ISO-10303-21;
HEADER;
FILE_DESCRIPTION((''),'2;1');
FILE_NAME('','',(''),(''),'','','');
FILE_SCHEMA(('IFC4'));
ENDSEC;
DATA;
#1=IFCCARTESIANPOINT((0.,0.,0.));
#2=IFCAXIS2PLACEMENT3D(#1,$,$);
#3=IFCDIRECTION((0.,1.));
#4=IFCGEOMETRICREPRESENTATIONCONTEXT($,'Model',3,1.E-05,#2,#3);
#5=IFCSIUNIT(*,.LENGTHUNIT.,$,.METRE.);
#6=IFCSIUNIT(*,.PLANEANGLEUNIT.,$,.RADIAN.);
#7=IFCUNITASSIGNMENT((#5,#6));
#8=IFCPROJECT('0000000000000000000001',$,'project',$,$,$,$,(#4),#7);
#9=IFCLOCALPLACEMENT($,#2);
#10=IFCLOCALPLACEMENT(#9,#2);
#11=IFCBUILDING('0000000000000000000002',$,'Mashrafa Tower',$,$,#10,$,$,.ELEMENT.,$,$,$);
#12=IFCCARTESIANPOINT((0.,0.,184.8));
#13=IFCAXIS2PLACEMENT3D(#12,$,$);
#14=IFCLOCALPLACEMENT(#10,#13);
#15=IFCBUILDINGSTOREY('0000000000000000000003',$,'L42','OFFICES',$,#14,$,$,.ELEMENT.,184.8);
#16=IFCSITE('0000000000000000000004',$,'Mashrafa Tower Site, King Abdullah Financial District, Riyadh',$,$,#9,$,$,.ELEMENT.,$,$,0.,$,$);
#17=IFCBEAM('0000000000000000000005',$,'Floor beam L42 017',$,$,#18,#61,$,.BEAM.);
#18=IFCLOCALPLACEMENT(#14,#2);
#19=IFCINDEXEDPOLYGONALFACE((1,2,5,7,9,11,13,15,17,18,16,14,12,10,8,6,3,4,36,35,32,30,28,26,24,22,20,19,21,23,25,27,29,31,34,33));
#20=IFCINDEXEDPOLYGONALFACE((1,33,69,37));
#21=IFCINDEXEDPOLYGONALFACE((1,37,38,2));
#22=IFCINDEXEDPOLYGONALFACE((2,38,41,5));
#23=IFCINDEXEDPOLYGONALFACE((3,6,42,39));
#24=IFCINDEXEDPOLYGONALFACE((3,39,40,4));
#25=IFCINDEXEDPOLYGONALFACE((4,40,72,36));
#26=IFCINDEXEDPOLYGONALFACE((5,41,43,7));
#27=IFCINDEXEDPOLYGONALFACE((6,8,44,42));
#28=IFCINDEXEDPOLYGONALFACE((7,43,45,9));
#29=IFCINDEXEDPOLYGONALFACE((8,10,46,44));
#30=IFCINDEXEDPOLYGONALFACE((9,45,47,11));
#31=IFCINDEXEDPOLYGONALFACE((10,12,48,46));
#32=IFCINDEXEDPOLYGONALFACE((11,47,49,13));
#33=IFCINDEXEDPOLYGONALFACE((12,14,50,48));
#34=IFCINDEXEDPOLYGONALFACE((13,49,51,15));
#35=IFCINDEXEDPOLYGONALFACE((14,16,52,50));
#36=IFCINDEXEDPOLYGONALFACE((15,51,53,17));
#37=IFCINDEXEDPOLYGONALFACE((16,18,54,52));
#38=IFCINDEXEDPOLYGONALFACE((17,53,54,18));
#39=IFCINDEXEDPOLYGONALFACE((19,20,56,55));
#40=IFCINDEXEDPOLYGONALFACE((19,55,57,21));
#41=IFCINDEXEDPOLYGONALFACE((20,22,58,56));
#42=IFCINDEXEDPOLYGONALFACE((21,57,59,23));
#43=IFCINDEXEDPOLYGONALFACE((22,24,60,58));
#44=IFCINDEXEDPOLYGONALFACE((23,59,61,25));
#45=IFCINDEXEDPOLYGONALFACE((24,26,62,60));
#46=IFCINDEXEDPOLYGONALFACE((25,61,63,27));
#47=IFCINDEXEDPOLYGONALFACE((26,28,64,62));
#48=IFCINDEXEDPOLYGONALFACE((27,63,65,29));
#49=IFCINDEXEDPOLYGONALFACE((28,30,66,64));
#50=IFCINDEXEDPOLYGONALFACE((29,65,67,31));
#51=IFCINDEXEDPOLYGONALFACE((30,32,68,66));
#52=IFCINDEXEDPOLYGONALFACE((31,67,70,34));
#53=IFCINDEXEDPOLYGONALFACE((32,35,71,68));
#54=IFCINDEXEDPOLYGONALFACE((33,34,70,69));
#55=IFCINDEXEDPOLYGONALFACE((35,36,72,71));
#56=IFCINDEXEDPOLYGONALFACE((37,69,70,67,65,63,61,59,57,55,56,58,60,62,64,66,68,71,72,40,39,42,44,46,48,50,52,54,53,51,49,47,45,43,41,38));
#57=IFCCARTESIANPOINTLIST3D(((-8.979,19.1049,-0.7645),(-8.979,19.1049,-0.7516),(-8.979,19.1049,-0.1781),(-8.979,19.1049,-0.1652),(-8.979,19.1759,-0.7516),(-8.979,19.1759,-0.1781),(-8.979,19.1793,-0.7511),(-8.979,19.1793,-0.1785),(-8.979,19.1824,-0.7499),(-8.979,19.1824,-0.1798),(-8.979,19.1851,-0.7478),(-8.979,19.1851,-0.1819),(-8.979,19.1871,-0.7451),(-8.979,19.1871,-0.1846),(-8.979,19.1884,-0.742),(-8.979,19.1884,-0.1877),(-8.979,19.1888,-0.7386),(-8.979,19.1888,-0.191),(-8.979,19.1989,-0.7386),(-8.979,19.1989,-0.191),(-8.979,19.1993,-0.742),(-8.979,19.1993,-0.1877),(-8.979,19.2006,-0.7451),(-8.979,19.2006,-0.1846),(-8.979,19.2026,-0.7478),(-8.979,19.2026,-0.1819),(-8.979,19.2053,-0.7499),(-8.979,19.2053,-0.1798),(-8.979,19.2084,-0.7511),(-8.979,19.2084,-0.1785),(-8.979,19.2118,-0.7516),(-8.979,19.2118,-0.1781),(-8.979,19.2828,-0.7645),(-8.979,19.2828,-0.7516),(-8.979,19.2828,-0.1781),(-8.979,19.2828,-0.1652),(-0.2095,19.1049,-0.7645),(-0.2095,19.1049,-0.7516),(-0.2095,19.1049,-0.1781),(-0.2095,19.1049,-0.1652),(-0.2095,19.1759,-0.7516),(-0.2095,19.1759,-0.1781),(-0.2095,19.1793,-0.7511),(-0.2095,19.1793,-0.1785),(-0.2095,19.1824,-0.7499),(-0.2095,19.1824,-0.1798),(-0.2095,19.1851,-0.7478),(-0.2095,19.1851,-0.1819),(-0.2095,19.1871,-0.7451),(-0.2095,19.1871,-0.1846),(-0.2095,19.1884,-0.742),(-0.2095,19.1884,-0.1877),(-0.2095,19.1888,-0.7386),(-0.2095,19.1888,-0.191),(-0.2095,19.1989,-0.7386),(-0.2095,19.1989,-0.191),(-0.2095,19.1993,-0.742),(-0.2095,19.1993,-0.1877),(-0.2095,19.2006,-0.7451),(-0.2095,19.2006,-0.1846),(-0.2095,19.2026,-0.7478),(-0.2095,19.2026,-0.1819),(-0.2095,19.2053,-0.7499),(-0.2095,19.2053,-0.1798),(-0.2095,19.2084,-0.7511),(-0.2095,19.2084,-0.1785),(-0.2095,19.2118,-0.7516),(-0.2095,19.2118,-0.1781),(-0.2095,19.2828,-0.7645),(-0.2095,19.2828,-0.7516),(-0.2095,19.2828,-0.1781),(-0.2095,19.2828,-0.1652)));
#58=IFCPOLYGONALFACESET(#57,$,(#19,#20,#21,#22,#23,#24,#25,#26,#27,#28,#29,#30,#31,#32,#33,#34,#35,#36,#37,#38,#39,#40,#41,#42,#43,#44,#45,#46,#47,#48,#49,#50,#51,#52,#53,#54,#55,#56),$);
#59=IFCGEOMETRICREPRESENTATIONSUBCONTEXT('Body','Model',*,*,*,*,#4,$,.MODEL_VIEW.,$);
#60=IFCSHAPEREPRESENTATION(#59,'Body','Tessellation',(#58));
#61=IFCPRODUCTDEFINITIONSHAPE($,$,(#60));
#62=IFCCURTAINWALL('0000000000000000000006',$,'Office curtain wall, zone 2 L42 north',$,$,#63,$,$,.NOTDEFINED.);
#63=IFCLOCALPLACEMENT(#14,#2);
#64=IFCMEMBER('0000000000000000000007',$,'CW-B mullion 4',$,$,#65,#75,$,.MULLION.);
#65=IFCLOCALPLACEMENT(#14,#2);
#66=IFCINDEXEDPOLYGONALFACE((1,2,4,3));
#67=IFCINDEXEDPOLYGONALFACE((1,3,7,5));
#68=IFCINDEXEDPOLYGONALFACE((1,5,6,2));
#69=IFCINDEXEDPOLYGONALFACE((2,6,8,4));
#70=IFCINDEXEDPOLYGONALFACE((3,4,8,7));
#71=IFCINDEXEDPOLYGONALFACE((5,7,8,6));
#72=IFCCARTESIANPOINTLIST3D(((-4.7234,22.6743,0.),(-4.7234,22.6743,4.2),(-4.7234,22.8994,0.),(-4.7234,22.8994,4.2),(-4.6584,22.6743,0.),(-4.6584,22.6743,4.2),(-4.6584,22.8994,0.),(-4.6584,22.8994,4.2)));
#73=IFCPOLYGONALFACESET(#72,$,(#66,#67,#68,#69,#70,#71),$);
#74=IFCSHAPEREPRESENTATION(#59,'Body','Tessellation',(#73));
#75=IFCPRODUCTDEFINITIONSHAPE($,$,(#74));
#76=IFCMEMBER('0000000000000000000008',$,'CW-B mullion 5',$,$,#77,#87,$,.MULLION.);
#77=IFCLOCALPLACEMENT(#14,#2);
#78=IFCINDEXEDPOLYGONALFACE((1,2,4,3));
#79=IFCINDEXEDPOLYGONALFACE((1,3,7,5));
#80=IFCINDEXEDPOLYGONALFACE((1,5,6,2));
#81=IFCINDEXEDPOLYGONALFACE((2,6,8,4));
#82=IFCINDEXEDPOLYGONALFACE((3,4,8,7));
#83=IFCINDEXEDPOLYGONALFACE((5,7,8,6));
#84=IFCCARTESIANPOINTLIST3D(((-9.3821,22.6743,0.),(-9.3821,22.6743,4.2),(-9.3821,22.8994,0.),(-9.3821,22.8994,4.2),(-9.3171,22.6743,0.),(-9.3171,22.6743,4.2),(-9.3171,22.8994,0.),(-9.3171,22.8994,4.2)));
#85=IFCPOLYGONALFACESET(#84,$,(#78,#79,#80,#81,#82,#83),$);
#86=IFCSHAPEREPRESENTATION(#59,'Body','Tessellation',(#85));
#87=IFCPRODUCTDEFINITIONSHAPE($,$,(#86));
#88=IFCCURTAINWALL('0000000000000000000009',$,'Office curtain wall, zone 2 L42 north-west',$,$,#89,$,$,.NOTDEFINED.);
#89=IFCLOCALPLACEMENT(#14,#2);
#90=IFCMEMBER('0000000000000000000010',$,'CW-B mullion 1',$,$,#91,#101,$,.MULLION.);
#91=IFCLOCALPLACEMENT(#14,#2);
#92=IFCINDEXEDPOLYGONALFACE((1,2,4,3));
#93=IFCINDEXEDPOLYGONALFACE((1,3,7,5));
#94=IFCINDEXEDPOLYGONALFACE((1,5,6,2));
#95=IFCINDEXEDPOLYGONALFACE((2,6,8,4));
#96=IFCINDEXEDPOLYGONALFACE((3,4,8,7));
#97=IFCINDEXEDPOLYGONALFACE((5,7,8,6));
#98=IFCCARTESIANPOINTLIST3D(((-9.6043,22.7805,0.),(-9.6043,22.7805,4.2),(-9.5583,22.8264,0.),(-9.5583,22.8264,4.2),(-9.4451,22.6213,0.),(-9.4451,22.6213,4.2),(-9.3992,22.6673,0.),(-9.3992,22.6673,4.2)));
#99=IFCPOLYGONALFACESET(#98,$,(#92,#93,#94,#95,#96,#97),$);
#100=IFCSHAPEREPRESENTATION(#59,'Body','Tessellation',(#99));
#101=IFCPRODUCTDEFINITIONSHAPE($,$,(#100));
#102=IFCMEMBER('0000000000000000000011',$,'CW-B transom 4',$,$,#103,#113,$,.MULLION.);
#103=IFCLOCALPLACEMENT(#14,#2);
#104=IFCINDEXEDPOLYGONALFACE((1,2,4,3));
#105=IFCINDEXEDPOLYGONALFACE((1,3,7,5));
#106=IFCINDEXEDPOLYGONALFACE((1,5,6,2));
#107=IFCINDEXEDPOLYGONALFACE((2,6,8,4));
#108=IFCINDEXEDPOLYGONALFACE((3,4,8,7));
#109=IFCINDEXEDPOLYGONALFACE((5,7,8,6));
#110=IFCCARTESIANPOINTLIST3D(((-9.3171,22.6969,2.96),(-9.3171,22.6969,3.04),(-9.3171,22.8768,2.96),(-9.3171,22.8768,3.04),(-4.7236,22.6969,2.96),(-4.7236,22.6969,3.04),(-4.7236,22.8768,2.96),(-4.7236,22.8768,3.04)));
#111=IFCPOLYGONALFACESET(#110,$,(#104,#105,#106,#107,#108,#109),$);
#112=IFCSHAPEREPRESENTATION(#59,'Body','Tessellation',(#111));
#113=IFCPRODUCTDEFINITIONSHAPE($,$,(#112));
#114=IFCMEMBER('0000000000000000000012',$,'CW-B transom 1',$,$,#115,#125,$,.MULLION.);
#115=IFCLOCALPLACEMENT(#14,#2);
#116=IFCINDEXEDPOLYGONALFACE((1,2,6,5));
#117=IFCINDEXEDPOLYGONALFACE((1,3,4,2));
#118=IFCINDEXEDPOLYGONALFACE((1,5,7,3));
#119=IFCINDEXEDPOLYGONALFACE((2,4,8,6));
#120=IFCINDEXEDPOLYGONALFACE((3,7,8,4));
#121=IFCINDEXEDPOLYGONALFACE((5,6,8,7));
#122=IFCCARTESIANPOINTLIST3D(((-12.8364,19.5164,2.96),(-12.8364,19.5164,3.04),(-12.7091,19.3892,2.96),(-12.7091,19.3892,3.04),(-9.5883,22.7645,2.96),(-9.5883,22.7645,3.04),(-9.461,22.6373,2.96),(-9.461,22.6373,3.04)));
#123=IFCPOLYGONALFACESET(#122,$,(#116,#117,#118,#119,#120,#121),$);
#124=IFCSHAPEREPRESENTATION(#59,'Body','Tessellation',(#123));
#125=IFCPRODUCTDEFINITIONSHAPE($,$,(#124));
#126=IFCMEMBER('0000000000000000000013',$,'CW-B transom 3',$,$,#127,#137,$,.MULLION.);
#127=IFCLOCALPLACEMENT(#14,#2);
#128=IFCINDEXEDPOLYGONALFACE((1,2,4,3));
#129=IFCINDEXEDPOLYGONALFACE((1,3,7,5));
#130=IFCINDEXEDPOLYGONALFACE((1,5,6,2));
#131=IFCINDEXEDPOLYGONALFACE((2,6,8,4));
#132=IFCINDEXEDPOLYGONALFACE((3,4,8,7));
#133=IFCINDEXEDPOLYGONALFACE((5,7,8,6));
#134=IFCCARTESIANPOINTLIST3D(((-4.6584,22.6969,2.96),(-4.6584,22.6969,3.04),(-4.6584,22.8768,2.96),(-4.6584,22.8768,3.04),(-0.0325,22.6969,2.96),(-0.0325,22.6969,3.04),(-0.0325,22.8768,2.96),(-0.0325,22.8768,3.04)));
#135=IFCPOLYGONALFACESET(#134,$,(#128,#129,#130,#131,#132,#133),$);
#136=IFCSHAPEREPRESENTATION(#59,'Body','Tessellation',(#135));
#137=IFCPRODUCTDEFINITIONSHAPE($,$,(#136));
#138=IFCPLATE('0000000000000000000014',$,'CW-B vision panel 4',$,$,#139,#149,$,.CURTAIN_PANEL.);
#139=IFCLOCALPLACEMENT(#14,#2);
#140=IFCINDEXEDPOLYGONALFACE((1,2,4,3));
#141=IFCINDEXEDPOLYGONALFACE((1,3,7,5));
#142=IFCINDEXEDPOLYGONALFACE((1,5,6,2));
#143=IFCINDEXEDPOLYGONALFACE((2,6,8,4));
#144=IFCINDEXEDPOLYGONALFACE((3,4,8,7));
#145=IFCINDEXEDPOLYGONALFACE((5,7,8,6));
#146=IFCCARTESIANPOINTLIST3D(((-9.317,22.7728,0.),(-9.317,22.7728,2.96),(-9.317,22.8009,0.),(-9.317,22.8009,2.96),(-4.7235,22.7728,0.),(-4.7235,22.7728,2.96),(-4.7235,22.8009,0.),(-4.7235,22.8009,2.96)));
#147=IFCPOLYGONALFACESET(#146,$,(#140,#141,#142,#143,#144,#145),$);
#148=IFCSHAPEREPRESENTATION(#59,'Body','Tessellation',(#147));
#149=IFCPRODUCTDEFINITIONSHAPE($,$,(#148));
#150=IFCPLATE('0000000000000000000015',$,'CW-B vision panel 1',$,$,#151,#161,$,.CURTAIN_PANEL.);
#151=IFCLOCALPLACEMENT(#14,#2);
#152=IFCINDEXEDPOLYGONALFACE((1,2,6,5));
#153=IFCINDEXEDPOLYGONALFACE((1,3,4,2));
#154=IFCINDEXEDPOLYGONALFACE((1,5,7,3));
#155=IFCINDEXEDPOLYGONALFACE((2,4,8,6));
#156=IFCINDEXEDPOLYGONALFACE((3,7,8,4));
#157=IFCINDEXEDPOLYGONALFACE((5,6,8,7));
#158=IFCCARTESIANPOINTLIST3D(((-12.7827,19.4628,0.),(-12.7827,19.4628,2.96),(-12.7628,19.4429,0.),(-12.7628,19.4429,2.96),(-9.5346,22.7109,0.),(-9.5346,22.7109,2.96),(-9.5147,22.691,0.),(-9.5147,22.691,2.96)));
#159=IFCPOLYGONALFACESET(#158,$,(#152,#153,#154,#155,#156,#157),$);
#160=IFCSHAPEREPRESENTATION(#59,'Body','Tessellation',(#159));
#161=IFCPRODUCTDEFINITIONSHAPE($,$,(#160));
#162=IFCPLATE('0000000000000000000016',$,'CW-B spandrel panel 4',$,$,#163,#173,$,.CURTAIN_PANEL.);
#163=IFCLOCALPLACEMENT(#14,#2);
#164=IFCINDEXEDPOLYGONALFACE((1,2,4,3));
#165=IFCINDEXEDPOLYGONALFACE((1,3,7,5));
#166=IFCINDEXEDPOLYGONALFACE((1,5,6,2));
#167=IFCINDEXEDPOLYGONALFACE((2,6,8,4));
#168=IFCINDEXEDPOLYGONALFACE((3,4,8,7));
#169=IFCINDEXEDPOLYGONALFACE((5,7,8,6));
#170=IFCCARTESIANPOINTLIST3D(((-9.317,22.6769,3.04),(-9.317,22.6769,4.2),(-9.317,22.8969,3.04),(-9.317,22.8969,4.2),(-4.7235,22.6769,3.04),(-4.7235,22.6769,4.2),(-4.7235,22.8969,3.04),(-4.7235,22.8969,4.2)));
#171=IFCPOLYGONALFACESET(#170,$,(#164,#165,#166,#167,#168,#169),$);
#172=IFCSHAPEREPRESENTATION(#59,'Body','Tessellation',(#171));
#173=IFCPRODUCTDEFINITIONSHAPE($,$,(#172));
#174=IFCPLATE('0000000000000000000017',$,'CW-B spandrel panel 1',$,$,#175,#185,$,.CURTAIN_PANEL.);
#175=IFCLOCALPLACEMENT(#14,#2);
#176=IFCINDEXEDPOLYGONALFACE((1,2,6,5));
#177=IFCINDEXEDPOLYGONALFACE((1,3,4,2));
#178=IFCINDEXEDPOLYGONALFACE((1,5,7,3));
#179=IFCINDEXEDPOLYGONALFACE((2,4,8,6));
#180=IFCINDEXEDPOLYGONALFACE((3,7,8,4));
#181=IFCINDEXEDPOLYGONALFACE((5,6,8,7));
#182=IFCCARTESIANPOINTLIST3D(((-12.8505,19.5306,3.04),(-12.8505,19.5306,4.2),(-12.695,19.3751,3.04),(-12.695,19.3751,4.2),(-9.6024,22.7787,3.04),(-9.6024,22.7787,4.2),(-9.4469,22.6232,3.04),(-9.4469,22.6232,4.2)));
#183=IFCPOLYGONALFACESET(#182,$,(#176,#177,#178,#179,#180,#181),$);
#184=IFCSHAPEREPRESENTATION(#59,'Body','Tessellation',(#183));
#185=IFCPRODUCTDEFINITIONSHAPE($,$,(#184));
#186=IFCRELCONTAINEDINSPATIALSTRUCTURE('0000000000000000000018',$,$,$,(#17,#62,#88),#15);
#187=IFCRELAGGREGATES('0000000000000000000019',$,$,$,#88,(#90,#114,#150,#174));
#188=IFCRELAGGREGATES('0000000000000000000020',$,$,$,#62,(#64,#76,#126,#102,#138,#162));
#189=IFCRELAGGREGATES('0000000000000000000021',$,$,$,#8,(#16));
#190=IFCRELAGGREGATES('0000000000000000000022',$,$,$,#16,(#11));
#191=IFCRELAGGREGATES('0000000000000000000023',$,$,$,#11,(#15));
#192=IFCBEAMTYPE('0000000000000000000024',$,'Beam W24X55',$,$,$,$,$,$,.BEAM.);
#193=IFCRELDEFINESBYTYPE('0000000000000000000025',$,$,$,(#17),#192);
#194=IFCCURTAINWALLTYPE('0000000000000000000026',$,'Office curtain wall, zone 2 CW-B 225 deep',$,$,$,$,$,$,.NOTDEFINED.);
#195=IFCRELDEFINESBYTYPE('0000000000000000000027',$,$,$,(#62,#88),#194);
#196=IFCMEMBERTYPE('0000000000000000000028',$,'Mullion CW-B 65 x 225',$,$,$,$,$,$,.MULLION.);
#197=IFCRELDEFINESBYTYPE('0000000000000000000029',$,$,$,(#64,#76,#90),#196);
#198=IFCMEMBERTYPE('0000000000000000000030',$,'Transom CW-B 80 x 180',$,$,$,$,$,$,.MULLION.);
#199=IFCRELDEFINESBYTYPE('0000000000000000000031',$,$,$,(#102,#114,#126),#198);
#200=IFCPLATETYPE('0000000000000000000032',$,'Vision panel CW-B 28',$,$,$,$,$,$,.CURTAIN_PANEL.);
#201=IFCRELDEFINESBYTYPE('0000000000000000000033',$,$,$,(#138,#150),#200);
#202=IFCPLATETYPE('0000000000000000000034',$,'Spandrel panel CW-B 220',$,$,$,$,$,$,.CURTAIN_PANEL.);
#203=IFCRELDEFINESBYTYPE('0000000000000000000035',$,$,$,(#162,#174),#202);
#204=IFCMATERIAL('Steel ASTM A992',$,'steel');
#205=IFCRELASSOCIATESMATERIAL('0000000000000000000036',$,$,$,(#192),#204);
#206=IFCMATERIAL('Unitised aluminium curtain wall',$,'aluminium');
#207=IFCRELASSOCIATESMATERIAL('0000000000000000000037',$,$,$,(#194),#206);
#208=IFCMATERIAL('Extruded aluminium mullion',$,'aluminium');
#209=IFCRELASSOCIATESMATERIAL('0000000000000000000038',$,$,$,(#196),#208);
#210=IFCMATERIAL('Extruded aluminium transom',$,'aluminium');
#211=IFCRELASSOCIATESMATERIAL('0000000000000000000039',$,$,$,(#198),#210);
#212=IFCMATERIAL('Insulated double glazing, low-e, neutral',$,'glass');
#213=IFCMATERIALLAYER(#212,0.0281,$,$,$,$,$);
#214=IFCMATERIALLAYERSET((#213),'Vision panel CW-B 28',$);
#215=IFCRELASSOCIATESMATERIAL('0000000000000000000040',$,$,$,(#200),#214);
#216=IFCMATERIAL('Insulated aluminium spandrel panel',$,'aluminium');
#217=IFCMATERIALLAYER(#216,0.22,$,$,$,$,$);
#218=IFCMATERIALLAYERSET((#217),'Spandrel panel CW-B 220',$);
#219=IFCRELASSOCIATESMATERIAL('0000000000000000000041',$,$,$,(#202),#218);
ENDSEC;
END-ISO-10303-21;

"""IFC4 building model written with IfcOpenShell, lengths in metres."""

from ifc_helpers import new_model, si_unit, direction, frame, origin, origin_2d, place, context, subcontext, project, spatial, rectangle, i_section, extrude, source, transform, mapped, material, layer, layer_set, material_profile, profile_set, type_object, type_shapes, element, aggregate, save


model = new_model("IFC4")

# Units and contexts
model_context = context("Model", 3, precision=1e-05, world=origin(), true_north=direction((0.0, 1.0)))
body_context = subcontext(model_context, "Body", "Model", "MODEL_VIEW")
ifc_project = project(units=[si_unit("LENGTHUNIT", "METRE"), si_unit("PLANEANGLEUNIT", "RADIAN")], contexts=[model_context])

# Site, building, storey
site_placement = place(None, origin())
site = spatial("IfcSite", under=ifc_project, at=site_placement, Name="Mashrafa Tower Site, King Abdullah Financial District, Riyadh", CompositionType="ELEMENT", RefElevation=0.0)
building_placement = place(site_placement, origin())
building = spatial("IfcBuilding", under=site, at=building_placement, Name="Mashrafa Tower", CompositionType="ELEMENT")
storey_placement = place(building_placement, frame((0.0, 0.0, 184.8)))
storey = spatial("IfcBuildingStorey", under=building, at=storey_placement, Name="L42", Description="OFFICES", CompositionType="ELEMENT", Elevation=184.8)

# Beam
ifc_material_1 = material(Name="Steel ASTM A992", Category="steel")
ifc_material_profile_1 = material_profile(ifc_material_1, i_section(OverallWidth=0.178, OverallDepth=0.5994, WebThickness=0.01, FlangeThickness=0.0129, FilletRadius=0.0129, at=origin_2d()), Name="W24X55")
ifc_profile_set_1 = profile_set([ifc_material_profile_1], Name="Steel ASTM A992")
beam_type_1 = type_object("IfcBeamType", Name="Beam W24X55", PredefinedType="BEAM", material=ifc_profile_set_1)
beam_1_placement = place(storey_placement, frame((-8.979, 19.1938, -0.4648), z_axis=(1.0, 0.0, 0.0), x_axis=(0.0, 1.0, 0.0)))
element("IfcBeam", 1, at=beam_1_placement, inside=storey, type_object=beam_type_1, Name="Floor beam L42 017", PredefinedType="BEAM", context=body_context, shape_type="SweptSolid", body=[
    extrude(i_section(OverallWidth=0.178, OverallDepth=0.5994, WebThickness=0.01, FlangeThickness=0.0129, FilletRadius=0.0129, at=origin_2d()), origin(), (0.0, 0.0, 1.0), 8.7695),
])

# Curtain wall, members
ifc_material_2 = material(Name="Unitised aluminium curtain wall", Category="aluminium")
curtain_wall_type = type_object("IfcCurtainWallType", Name="Office curtain wall, zone 2 CW-B 225 deep", PredefinedType="NOTDEFINED", material=ifc_material_2)
curtain_wall_1_placement = place(storey_placement, origin())
curtain_wall_1 = element("IfcCurtainWall", 2, at=curtain_wall_1_placement, inside=storey, type_object=curtain_wall_type, Name="Office curtain wall, zone 2 L42 north", PredefinedType="NOTDEFINED")
ifc_material_3 = material(Name="Extruded aluminium mullion", Category="aluminium")
ifc_material_profile_2 = material_profile(ifc_material_3, rectangle(XDim=0.2251, YDim=0.0649, at=origin_2d()), Name="Mullion 65x225")
ifc_profile_set_2 = profile_set([ifc_material_profile_2], Name="Extruded aluminium mullion")
member_type_1 = type_object("IfcMemberType", Name="Mullion CW-B 65 x 225", PredefinedType="MULLION", material=ifc_profile_set_2)
shared_shape_1 = source(origin(), body_context, "Body", "SweptSolid", [
    extrude(rectangle(XDim=0.2251, YDim=0.0649, at=origin_2d()), origin(), (0.0, 0.0, 1.0), 4.2),
])
type_shapes(member_type_1, [shared_shape_1])
member_1_placement = place(storey_placement, frame((-4.6909, 22.7869, 0.0), z_axis=(0.0, 0.0, 1.0), x_axis=(0.0, -1.0, 0.0)))
member_1 = element("IfcMember", 3, at=member_1_placement, type_object=member_type_1, Name="CW-B mullion 4", PredefinedType="MULLION", context=body_context, shape_type="MappedRepresentation", body=[
    mapped(shared_shape_1, transform((0.0, 0.0, 0.0))),
])
member_2_placement = place(storey_placement, frame((-9.3496, 22.7869, 0.0), z_axis=(0.0, 0.0, 1.0), x_axis=(0.0, -1.0, 0.0)))
member_2 = element("IfcMember", 4, at=member_2_placement, type_object=member_type_1, Name="CW-B mullion 5", PredefinedType="MULLION", context=body_context, shape_type="MappedRepresentation", body=[
    mapped(shared_shape_1, transform((0.0, 0.0, 0.0))),
])

# Curtain wall, member
curtain_wall_2_placement = place(storey_placement, origin())
curtain_wall_2 = element("IfcCurtainWall", 5, at=curtain_wall_2_placement, inside=storey, type_object=curtain_wall_type, Name="Office curtain wall, zone 2 L42 north-west", PredefinedType="NOTDEFINED")
member_3_placement = place(storey_placement, frame((-9.5017, 22.7239, 0.0), z_axis=(0.0, 0.0, 1.0), x_axis=(0.707107, -0.707107, 0.0)))
member_3 = element("IfcMember", 6, at=member_3_placement, type_object=member_type_1, Name="CW-B mullion 1", PredefinedType="MULLION", context=body_context, shape_type="MappedRepresentation", body=[
    mapped(shared_shape_1, transform((0.0, 0.0, 0.0))),
])

# Members
ifc_material_4 = material(Name="Extruded aluminium transom", Category="aluminium")
ifc_material_profile_3 = material_profile(ifc_material_4, rectangle(XDim=0.1799, YDim=0.0801, at=origin_2d()), Name="Transom 80x180")
ifc_profile_set_3 = profile_set([ifc_material_profile_3], Name="Extruded aluminium transom")
member_type_2 = type_object("IfcMemberType", Name="Transom CW-B 80 x 180", PredefinedType="MULLION", material=ifc_profile_set_3)
shared_shape_2 = source(origin(), body_context, "Body", "SweptSolid", [
    extrude(rectangle(XDim=0.1799, YDim=0.0801, at=origin_2d()), origin(), (0.0, 0.0, 1.0), 4.5935),
])
member_4_placement = place(storey_placement, frame((-4.7236, 22.7869, 3.0), z_axis=(-1.0, 0.0, 0.0), x_axis=(0.0, -1.0, 0.0)))
member_4 = element("IfcMember", 7, at=member_4_placement, type_object=member_type_2, Name="CW-B transom 4", PredefinedType="MULLION", context=body_context, shape_type="MappedRepresentation", body=[
    mapped(shared_shape_2, transform((0.0, 0.0, 0.0))),
])
member_5_placement = place(storey_placement, frame((-9.5247, 22.7009, 3.0), z_axis=(-0.707107, -0.707107, 0.0), x_axis=(0.707107, -0.707107, 0.0)))
member_5 = element("IfcMember", 8, at=member_5_placement, type_object=member_type_2, Name="CW-B transom 1", PredefinedType="MULLION", context=body_context, shape_type="MappedRepresentation", body=[
    mapped(shared_shape_2, transform((0.0, 0.0, 0.0))),
])
shared_shape_3 = source(origin(), body_context, "Body", "SweptSolid", [
    extrude(rectangle(XDim=0.1799, YDim=0.0801, at=origin_2d()), origin(), (0.0, 0.0, 1.0), 4.626),
])
type_shapes(member_type_2, [shared_shape_2, shared_shape_3])
member_6_placement = place(storey_placement, frame((-0.0325, 22.7869, 3.0), z_axis=(-1.0, 0.0, 0.0), x_axis=(0.0, -1.0, 0.0)))
member_6 = element("IfcMember", 9, at=member_6_placement, type_object=member_type_2, Name="CW-B transom 3", PredefinedType="MULLION", context=body_context, shape_type="MappedRepresentation", body=[
    mapped(shared_shape_3, transform((0.0, 0.0, 0.0))),
])

# Plates
ifc_material_5 = material(Name="Insulated double glazing, low-e, neutral", Category="glass")
ifc_layer_1 = layer(ifc_material_5, 0.0281)
ifc_layer_set_1 = layer_set([ifc_layer_1], Name="Vision panel CW-B 28")
plate_type_1 = type_object("IfcPlateType", Name="Vision panel CW-B 28", PredefinedType="CURTAIN_PANEL", material=ifc_layer_set_1)
shared_shape_4 = source(origin(), body_context, "Body", "SweptSolid", [
    extrude(rectangle(XDim=4.5935, YDim=0.0281, at=origin_2d()), origin(), (0.0, 0.0, 1.0), 2.96),
])
plate_1_placement = place(storey_placement, frame((-7.0203, 22.7869, 0.0), z_axis=(0.0, 0.0, 1.0), x_axis=(-1.0, 0.0, 0.0)))
plate_1 = element("IfcPlate", 10, at=plate_1_placement, type_object=plate_type_1, Name="CW-B vision panel 4", PredefinedType="CURTAIN_PANEL", context=body_context, shape_type="MappedRepresentation", body=[
    mapped(shared_shape_4, transform((0.0, 0.0, 0.0))),
])
plate_2_placement = place(storey_placement, frame((-11.1487, 21.0769, 0.0), z_axis=(0.0, 0.0, 1.0), x_axis=(-0.707107, -0.707107, 0.0)))
plate_2 = element("IfcPlate", 11, at=plate_2_placement, type_object=plate_type_1, Name="CW-B vision panel 1", PredefinedType="CURTAIN_PANEL", context=body_context, shape_type="MappedRepresentation", body=[
    mapped(shared_shape_4, transform((0.0, 0.0, 0.0))),
])
ifc_material_6 = material(Name="Insulated aluminium spandrel panel", Category="aluminium")
ifc_layer_2 = layer(ifc_material_6, 0.22)
ifc_layer_set_2 = layer_set([ifc_layer_2], Name="Spandrel panel CW-B 220")
plate_type_2 = type_object("IfcPlateType", Name="Spandrel panel CW-B 220", PredefinedType="CURTAIN_PANEL", material=ifc_layer_set_2)
shared_shape_5 = source(origin(), body_context, "Body", "SweptSolid", [
    extrude(rectangle(XDim=4.5935, YDim=0.22, at=origin_2d()), origin(), (0.0, 0.0, 1.0), 1.1599),
])
plate_3_placement = place(storey_placement, frame((-7.0203, 22.7869, 3.04), z_axis=(0.0, 0.0, 1.0), x_axis=(-1.0, 0.0, 0.0)))
plate_3 = element("IfcPlate", 12, at=plate_3_placement, type_object=plate_type_2, Name="CW-B spandrel panel 4", PredefinedType="CURTAIN_PANEL", context=body_context, shape_type="MappedRepresentation", body=[
    mapped(shared_shape_5, transform((0.0, 0.0, 0.0))),
])
plate_4_placement = place(storey_placement, frame((-11.1487, 21.0769, 3.04), z_axis=(0.0, 0.0, 1.0), x_axis=(-0.707107, -0.707107, 0.0)))
plate_4 = element("IfcPlate", 13, at=plate_4_placement, type_object=plate_type_2, Name="CW-B spandrel panel 1", PredefinedType="CURTAIN_PANEL", context=body_context, shape_type="MappedRepresentation", body=[
    mapped(shared_shape_5, transform((0.0, 0.0, 0.0))),
])
aggregate(curtain_wall_2, [member_3, member_5, plate_2, plate_4])
aggregate(curtain_wall_1, [member_1, member_2, member_6, member_4, plate_1, plate_3])

save(model, "model.ifc")
